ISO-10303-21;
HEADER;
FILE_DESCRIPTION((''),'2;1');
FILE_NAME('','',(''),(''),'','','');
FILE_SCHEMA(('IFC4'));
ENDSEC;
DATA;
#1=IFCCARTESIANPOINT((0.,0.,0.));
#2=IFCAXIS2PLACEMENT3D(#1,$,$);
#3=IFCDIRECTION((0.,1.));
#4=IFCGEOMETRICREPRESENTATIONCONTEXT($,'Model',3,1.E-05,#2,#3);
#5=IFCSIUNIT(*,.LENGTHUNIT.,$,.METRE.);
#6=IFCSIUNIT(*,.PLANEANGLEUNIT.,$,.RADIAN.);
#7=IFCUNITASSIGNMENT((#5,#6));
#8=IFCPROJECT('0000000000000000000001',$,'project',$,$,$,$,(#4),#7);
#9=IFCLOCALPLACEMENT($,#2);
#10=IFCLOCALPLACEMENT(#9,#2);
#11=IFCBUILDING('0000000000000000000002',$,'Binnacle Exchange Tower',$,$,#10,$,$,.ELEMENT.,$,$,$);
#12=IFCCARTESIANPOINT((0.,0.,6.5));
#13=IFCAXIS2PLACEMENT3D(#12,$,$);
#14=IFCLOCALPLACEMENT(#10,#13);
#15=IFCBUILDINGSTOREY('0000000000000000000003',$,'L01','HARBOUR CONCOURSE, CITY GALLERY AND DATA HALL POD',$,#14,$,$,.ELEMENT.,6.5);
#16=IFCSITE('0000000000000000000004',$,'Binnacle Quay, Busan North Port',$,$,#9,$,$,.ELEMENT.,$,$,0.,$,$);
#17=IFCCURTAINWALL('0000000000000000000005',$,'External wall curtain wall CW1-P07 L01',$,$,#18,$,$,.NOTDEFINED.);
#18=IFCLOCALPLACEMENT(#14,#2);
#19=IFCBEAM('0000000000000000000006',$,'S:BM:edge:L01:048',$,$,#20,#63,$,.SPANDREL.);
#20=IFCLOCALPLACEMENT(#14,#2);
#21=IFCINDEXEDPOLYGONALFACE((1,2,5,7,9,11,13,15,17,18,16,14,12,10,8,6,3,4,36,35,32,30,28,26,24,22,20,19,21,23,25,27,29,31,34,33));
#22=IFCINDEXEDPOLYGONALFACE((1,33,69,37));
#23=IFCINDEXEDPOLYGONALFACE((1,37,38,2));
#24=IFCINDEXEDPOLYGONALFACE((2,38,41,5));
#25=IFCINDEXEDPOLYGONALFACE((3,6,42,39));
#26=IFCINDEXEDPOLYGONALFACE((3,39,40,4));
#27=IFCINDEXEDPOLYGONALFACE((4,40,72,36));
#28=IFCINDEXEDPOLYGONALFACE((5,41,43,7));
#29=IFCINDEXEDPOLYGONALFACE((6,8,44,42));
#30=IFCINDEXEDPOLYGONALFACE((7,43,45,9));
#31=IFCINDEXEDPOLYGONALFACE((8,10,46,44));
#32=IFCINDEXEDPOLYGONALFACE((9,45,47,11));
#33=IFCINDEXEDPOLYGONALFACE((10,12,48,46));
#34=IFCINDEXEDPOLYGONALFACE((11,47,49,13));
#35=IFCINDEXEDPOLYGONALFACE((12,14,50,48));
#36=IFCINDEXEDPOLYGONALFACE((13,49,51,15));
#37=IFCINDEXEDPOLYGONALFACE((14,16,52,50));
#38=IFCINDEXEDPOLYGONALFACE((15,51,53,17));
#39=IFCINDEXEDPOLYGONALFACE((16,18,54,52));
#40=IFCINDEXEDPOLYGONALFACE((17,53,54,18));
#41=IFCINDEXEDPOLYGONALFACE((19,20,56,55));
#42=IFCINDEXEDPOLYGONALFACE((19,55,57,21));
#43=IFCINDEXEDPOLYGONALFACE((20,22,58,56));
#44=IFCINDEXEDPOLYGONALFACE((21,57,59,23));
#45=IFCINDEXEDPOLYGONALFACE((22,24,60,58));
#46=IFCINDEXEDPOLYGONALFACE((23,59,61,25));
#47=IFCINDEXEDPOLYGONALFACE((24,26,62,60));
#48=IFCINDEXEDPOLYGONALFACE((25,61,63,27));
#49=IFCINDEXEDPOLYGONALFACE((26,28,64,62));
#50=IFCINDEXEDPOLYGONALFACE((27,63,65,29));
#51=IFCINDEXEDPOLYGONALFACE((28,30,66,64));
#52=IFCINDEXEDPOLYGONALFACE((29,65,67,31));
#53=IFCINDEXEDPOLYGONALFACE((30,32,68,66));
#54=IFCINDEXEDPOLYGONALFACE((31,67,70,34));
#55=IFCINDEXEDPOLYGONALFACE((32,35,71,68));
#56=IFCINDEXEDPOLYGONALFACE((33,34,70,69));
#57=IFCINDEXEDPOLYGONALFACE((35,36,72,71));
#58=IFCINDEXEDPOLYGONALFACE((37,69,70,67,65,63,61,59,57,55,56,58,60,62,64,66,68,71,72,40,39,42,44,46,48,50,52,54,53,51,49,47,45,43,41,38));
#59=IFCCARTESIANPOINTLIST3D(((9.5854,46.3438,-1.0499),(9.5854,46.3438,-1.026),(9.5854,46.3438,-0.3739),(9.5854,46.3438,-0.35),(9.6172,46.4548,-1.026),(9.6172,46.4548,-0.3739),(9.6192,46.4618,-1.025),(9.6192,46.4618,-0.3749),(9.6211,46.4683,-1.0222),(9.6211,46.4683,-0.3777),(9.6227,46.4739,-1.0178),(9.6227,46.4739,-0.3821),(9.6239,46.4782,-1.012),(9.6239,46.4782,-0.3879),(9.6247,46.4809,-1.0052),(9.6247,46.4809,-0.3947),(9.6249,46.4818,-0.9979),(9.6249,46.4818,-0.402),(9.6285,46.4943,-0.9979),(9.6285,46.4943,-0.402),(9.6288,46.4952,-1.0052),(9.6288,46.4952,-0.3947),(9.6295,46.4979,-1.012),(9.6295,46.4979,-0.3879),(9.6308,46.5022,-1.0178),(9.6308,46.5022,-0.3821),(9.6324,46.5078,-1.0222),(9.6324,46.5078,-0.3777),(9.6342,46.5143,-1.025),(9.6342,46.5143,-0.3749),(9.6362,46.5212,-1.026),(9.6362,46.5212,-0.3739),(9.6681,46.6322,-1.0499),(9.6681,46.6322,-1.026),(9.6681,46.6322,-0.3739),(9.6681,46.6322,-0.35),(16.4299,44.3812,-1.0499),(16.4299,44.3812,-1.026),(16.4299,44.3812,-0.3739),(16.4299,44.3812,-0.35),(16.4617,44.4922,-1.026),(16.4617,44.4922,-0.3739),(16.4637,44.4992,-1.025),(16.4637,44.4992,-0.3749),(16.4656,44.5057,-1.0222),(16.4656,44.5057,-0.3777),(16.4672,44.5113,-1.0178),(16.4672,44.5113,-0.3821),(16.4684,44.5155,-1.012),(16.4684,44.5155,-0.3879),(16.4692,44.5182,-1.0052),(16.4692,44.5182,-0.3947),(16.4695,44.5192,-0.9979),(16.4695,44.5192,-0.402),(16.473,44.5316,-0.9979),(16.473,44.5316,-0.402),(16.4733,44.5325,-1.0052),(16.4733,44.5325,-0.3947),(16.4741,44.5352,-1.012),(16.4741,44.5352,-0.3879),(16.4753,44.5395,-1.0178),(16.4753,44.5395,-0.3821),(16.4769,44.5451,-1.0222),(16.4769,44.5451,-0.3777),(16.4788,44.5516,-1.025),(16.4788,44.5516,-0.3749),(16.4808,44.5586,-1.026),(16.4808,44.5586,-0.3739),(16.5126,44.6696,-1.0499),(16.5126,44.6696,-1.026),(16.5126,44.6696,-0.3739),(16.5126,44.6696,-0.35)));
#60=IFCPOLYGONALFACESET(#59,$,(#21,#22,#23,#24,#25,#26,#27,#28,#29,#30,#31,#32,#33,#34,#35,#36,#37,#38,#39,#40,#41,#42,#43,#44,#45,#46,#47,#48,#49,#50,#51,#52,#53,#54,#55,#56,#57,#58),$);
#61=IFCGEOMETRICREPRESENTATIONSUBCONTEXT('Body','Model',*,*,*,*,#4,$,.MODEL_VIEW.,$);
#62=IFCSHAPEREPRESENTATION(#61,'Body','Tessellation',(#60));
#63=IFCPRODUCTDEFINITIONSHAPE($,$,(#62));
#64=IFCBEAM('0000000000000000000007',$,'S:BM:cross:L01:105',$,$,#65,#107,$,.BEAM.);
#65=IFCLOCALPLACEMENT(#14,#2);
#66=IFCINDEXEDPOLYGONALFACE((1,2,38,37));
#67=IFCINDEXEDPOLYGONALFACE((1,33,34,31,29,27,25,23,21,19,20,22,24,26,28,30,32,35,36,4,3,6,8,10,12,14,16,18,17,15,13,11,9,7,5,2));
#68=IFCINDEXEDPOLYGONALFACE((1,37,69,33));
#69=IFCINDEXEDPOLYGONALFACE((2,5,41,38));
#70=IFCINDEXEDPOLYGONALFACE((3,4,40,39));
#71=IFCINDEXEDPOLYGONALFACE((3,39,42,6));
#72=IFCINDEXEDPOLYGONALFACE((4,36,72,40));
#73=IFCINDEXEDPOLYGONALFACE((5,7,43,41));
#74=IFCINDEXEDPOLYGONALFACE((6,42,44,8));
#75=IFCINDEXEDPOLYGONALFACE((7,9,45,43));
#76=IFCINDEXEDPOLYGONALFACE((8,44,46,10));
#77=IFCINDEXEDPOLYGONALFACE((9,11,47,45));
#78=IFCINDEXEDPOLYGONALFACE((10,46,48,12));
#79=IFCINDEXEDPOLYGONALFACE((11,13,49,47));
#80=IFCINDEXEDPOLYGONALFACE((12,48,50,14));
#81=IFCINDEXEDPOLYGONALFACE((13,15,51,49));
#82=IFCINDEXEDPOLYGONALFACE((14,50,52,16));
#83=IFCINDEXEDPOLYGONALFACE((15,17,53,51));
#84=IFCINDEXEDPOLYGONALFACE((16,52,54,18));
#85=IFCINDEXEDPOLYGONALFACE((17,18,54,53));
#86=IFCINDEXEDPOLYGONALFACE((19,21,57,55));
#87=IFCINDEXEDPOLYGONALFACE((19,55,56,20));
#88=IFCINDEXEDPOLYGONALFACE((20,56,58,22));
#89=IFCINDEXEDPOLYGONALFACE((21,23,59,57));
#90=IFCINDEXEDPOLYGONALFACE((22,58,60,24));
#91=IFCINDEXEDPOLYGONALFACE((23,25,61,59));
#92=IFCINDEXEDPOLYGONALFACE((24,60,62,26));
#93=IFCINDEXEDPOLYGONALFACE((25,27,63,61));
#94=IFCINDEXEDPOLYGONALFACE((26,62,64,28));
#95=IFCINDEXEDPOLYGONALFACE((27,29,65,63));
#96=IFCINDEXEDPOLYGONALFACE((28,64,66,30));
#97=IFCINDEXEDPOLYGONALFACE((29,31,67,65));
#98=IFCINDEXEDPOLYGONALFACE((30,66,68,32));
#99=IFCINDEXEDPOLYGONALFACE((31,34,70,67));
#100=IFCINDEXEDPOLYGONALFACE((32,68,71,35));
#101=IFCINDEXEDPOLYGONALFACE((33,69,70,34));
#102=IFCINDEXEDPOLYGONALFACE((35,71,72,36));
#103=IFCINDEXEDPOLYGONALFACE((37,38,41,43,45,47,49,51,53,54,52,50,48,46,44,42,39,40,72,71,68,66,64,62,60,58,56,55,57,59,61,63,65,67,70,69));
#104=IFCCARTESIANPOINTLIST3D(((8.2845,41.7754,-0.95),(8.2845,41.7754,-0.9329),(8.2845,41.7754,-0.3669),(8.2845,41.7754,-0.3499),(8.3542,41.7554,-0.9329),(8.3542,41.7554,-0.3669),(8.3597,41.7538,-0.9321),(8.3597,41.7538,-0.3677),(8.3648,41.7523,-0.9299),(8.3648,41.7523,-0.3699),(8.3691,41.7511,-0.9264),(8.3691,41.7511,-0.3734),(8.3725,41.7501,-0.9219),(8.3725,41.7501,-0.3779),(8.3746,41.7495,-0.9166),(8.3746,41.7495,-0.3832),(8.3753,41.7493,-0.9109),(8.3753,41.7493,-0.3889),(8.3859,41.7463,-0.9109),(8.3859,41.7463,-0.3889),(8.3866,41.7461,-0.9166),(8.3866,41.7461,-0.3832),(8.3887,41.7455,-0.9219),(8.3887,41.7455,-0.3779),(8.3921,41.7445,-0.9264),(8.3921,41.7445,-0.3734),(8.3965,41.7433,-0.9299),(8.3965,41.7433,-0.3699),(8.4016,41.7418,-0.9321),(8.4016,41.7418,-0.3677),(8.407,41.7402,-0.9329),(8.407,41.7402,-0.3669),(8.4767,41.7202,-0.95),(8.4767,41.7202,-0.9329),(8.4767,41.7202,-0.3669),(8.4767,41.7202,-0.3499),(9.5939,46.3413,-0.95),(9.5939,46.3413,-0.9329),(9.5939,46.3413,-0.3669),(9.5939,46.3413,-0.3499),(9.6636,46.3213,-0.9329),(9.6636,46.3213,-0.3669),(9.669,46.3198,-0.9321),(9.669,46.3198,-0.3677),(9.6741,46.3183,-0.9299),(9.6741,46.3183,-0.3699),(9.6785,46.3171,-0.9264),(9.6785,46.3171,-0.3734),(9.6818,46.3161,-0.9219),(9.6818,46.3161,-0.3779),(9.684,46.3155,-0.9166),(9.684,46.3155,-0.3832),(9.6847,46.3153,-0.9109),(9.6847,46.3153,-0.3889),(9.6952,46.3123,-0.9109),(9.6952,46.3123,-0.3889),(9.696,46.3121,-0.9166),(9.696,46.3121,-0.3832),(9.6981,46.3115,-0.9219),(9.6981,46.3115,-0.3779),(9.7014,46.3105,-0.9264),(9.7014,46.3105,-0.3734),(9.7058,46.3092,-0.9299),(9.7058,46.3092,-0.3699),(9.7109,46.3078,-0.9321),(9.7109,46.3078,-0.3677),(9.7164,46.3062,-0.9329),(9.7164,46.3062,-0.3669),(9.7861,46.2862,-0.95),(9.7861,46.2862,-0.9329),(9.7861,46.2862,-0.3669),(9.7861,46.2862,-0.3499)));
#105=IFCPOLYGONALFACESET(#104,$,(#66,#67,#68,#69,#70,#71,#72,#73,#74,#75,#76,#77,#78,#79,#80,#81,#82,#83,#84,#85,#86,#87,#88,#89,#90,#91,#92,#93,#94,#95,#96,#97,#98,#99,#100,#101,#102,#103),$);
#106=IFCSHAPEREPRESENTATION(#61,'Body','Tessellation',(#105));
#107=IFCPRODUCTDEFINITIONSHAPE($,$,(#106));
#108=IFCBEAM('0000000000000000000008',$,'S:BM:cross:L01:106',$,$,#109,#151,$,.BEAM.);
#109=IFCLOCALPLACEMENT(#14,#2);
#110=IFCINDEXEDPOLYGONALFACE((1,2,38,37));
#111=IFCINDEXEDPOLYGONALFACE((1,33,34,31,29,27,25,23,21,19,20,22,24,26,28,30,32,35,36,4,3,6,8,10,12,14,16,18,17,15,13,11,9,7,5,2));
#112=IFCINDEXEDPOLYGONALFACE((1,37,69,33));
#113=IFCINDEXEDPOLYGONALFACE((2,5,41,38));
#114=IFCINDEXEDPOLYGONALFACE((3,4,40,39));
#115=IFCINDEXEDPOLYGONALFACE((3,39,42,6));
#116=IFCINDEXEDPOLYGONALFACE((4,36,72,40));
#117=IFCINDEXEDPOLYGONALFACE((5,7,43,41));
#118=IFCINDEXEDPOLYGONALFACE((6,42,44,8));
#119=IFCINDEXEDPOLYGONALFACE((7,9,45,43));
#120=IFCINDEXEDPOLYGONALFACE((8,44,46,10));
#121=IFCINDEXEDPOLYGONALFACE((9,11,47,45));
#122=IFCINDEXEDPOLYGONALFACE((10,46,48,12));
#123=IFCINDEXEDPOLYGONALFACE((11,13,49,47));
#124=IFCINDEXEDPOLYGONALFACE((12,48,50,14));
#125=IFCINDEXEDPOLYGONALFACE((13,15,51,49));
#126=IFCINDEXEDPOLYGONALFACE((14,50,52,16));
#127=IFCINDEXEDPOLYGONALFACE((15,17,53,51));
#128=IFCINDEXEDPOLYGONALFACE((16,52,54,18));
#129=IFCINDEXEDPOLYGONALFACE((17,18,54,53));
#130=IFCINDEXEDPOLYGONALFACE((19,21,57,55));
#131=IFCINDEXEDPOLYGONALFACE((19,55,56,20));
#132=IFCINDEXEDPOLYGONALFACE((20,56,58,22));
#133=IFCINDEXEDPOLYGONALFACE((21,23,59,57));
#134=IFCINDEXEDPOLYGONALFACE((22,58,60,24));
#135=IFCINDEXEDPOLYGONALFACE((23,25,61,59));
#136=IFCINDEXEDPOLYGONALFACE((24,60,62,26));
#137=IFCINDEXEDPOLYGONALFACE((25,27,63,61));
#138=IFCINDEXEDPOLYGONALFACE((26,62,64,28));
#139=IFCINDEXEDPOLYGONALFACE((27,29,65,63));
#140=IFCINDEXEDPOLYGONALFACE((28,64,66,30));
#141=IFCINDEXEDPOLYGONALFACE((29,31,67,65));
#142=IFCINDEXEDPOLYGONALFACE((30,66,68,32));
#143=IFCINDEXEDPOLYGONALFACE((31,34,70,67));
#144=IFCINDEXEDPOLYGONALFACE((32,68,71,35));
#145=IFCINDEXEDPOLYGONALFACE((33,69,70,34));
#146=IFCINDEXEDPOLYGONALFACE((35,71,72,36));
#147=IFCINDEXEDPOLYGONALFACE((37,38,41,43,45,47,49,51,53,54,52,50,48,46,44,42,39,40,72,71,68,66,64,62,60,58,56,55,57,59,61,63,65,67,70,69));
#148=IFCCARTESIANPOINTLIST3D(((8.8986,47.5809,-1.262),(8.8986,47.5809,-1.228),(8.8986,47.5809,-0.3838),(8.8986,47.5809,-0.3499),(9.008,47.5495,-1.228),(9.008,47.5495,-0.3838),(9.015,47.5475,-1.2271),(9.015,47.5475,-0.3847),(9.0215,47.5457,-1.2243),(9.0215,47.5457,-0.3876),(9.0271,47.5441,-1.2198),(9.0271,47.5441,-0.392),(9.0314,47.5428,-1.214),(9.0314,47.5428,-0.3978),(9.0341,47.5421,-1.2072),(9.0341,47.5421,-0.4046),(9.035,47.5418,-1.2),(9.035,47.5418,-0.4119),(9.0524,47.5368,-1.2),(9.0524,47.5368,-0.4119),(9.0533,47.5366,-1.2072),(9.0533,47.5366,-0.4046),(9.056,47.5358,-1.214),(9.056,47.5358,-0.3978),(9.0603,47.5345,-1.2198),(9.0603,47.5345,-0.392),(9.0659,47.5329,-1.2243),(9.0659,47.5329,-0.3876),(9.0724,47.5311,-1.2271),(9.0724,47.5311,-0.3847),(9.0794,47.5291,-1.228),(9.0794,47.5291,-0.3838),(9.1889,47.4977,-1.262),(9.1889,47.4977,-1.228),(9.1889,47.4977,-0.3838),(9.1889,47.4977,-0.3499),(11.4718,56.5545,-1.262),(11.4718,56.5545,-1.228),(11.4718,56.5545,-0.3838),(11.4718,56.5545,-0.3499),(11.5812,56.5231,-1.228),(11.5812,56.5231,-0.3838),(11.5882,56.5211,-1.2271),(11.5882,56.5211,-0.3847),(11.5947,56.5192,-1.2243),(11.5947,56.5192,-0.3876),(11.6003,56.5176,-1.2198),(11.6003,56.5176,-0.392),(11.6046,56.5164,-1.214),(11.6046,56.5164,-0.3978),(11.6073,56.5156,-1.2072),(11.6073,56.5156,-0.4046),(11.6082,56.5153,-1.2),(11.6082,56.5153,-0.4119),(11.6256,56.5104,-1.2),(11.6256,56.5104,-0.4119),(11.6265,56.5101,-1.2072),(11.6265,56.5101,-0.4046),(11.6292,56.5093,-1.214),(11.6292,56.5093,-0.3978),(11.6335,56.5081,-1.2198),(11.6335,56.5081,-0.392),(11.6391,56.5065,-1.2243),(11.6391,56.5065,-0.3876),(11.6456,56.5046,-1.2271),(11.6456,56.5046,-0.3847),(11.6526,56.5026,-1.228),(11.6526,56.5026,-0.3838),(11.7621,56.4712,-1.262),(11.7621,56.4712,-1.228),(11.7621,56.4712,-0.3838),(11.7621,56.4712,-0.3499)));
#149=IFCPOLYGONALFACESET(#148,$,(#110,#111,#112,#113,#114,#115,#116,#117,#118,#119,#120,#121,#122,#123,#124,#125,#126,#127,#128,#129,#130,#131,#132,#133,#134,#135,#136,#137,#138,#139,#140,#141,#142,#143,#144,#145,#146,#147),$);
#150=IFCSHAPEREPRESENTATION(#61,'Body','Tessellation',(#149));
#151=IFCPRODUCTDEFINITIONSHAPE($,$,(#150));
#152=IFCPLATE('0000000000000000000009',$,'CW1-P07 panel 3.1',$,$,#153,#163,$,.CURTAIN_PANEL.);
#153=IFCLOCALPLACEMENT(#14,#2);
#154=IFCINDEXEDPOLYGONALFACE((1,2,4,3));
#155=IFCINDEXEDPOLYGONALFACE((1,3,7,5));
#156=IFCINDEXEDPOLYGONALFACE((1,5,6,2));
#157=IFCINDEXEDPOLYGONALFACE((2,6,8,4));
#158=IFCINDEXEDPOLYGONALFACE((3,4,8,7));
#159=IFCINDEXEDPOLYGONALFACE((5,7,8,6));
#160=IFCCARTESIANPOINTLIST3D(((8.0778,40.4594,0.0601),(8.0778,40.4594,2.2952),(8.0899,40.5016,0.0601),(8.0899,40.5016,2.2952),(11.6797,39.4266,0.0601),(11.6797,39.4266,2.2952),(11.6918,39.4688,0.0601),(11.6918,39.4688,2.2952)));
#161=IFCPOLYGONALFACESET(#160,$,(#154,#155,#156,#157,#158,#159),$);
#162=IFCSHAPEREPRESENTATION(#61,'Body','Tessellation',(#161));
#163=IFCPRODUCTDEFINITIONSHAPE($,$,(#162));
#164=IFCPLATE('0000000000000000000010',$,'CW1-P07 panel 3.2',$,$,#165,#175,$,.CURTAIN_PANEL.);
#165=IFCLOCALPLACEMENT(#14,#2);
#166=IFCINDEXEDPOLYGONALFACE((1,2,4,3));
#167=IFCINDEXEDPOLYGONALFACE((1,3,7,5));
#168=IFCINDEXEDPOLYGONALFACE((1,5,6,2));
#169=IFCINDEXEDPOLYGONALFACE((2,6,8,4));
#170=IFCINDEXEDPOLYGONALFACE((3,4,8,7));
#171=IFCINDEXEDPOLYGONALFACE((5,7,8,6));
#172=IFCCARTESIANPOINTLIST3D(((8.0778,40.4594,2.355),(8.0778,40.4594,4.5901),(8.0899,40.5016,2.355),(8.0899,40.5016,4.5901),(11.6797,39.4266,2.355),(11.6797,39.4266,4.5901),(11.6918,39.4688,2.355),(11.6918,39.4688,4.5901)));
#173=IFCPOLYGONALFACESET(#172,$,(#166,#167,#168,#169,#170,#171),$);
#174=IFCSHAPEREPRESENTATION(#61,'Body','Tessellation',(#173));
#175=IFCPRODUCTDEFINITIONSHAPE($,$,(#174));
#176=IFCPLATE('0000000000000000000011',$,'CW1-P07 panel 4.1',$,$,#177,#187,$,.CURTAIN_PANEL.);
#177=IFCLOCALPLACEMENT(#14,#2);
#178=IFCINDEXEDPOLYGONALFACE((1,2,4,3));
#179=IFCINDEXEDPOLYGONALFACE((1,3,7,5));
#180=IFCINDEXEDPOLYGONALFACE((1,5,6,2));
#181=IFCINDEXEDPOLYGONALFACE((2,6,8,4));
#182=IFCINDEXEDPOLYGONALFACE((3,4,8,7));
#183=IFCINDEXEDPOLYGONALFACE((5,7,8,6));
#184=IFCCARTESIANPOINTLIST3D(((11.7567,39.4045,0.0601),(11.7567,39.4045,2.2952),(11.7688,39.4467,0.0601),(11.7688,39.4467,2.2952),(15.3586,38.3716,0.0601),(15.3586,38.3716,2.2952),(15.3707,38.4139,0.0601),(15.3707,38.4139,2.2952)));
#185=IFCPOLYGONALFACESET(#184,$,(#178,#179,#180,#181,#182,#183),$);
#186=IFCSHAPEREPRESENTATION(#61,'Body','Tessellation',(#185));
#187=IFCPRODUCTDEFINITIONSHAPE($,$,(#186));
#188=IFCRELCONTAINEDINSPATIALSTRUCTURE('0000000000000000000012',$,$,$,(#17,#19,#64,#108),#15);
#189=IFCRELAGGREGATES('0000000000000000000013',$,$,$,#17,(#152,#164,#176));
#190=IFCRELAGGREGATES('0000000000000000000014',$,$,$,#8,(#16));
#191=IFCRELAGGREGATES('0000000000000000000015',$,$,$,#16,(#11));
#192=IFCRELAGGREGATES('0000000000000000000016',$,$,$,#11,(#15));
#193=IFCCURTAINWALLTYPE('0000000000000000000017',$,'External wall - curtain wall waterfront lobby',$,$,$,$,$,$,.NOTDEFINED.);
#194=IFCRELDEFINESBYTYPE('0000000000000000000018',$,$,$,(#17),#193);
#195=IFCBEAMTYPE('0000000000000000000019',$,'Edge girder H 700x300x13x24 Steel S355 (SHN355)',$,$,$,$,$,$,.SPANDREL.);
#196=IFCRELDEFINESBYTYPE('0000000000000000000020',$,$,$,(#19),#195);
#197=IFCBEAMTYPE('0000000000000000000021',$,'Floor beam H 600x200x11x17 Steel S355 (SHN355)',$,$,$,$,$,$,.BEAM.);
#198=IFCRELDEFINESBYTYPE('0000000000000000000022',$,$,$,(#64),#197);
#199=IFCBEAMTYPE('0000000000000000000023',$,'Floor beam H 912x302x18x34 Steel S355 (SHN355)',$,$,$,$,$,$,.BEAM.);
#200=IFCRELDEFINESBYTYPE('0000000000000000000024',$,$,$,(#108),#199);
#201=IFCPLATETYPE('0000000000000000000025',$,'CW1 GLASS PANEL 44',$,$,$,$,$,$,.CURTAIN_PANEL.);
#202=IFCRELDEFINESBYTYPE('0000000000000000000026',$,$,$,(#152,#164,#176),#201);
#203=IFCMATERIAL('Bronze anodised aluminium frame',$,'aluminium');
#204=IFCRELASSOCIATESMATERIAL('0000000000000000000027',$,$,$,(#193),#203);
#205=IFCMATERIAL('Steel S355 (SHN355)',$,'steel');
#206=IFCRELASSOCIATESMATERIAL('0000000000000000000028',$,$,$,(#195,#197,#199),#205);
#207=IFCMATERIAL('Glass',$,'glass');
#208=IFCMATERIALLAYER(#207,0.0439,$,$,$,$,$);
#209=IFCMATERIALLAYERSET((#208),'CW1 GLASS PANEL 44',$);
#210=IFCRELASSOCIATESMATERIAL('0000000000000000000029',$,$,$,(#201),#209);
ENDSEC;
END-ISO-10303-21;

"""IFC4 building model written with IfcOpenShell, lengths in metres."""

from ifc_helpers import new_model, si_unit, direction, frame, origin, origin_2d, place, context, subcontext, project, spatial, rectangle, i_section, extrude, material, layer, layer_set, material_profile, profile_set, type_object, element, aggregate, save


model = new_model("IFC4")

# Units and contexts
model_context = context("Model", 3, precision=1e-05, world=origin(), true_north=direction((0.0, 1.0)))
body_context = subcontext(model_context, "Body", "Model", "MODEL_VIEW")
ifc_project = project(units=[si_unit("LENGTHUNIT", "METRE"), si_unit("PLANEANGLEUNIT", "RADIAN")], contexts=[model_context])

# Site, building, storey
site_placement = place(None, origin())
site = spatial("IfcSite", under=ifc_project, at=site_placement, Name="Binnacle Quay, Busan North Port", CompositionType="ELEMENT", RefElevation=0.0)
building_placement = place(site_placement, origin())
building = spatial("IfcBuilding", under=site, at=building_placement, Name="Binnacle Exchange Tower", CompositionType="ELEMENT")
storey_placement = place(building_placement, frame((0.0, 0.0, 6.5)))
storey = spatial("IfcBuildingStorey", under=building, at=storey_placement, Name="L01", Description="HARBOUR CONCOURSE, CITY GALLERY AND DATA HALL POD", CompositionType="ELEMENT", Elevation=6.5)

# Curtain wall
ifc_material_1 = material(Name="Bronze anodised aluminium frame", Category="aluminium")
curtain_wall_type = type_object("IfcCurtainWallType", Name="External wall - curtain wall waterfront lobby", PredefinedType="NOTDEFINED", material=ifc_material_1)
curtain_wall_placement = place(storey_placement, origin())
curtain_wall = element("IfcCurtainWall", 1, at=curtain_wall_placement, inside=storey, type_object=curtain_wall_type, Name="External wall curtain wall CW1-P07 L01", PredefinedType="NOTDEFINED")

# Beams
ifc_material_2 = material(Name="Steel S355 (SHN355)", Category="steel")
ifc_material_profile_1 = material_profile(ifc_material_2, i_section(OverallWidth=0.3, OverallDepth=0.7, WebThickness=0.0129, FlangeThickness=0.0239, FilletRadius=0.0281, at=origin_2d()), Name="H 700x300x13x24")
ifc_profile_set_1 = profile_set([ifc_material_profile_1], Name="Steel S355 (SHN355)")
beam_type_1 = type_object("IfcBeamType", Name="Edge girder H 700x300x13x24 Steel S355 (SHN355)", PredefinedType="SPANDREL", material=ifc_profile_set_1)
beam_1_placement = place(storey_placement, frame((9.6267, 46.488, -0.7), z_axis=(0.961261, -0.27564, 0.0), x_axis=(0.27564, 0.961261, 0.0)))
element("IfcBeam", 2, at=beam_1_placement, inside=storey, type_object=beam_type_1, Name="S:BM:edge:L01:048", PredefinedType="SPANDREL", context=body_context, shape_type="SweptSolid", body=[
    extrude(i_section(OverallWidth=0.3, OverallDepth=0.7, WebThickness=0.0129, FlangeThickness=0.0239, FilletRadius=0.0281, at=origin_2d()), origin(), (0.0, 0.0, 1.0), 7.1204),
])
ifc_material_profile_2 = material_profile(ifc_material_2, i_section(OverallWidth=0.2, OverallDepth=0.6001, WebThickness=0.011, FlangeThickness=0.0171, FilletRadius=0.022, at=origin_2d()), Name="H 600x200x11x17")
ifc_profile_set_2 = profile_set([ifc_material_profile_2], Name="Steel S355 (SHN355)")
beam_type_2 = type_object("IfcBeamType", Name="Floor beam H 600x200x11x17 Steel S355 (SHN355)", PredefinedType="BEAM", material=ifc_profile_set_2)
beam_2_placement = place(storey_placement, frame((8.3806, 41.7478, -0.6499), z_axis=(0.275651, 0.961258, 0.0), x_axis=(-0.961258, 0.275651, 0.0)))
element("IfcBeam", 3, at=beam_2_placement, inside=storey, type_object=beam_type_2, Name="S:BM:cross:L01:105", PredefinedType="BEAM", context=body_context, shape_type="SweptSolid", body=[
    extrude(i_section(OverallWidth=0.2, OverallDepth=0.6001, WebThickness=0.011, FlangeThickness=0.0171, FilletRadius=0.022, at=origin_2d()), origin(), (0.0, 0.0, 1.0), 4.75),
])
ifc_material_profile_3 = material_profile(ifc_material_2, i_section(OverallWidth=0.302, OverallDepth=0.9121, WebThickness=0.0181, FlangeThickness=0.0339, FilletRadius=0.0281, at=origin_2d()), Name="H 912x302x18x34")
ifc_profile_set_3 = profile_set([ifc_material_profile_3], Name="Steel S355 (SHN355)")
beam_type_3 = type_object("IfcBeamType", Name="Floor beam H 912x302x18x34 Steel S355 (SHN355)", PredefinedType="BEAM", material=ifc_profile_set_3)
beam_3_placement = place(storey_placement, frame((9.0437, 47.5393, -0.8059), z_axis=(0.275647, 0.961259, 0.0), x_axis=(-0.961259, 0.275647, 0.0)))
element("IfcBeam", 4, at=beam_3_placement, inside=storey, type_object=beam_type_3, Name="S:BM:cross:L01:106", PredefinedType="BEAM", context=body_context, shape_type="SweptSolid", body=[
    extrude(i_section(OverallWidth=0.302, OverallDepth=0.9121, WebThickness=0.0181, FlangeThickness=0.0339, FilletRadius=0.0281, at=origin_2d()), origin(), (0.0, 0.0, 1.0), 9.3352),
])

# Plates
ifc_material_3 = material(Name="Glass", Category="glass")
ifc_layer_1 = layer(ifc_material_3, 0.0439)
ifc_layer_set_1 = layer_set([ifc_layer_1], Name="CW1 GLASS PANEL 44")
plate_type = type_object("IfcPlateType", Name="CW1 GLASS PANEL 44", PredefinedType="CURTAIN_PANEL", material=ifc_layer_set_1)
plate_1_placement = place(storey_placement, frame((9.8848, 39.9641, 0.0601), z_axis=(0.0, 0.0, 1.0), x_axis=(0.961262, -0.275637, 0.0)))
plate_1 = element("IfcPlate", 5, at=plate_1_placement, type_object=plate_type, Name="CW1-P07 panel 3.1", PredefinedType="CURTAIN_PANEL", context=body_context, shape_type="SweptSolid", body=[
    extrude(rectangle(XDim=3.7471, YDim=0.0439, at=origin_2d()), origin(), (0.0, 0.0, 1.0), 2.2351),
])
plate_2_placement = place(storey_placement, frame((9.8848, 39.9641, 2.355), z_axis=(0.0, 0.0, 1.0), x_axis=(0.961262, -0.275637, 0.0)))
plate_2 = element("IfcPlate", 6, at=plate_2_placement, type_object=plate_type, Name="CW1-P07 panel 3.2", PredefinedType="CURTAIN_PANEL", context=body_context, shape_type="SweptSolid", body=[
    extrude(rectangle(XDim=3.7471, YDim=0.0439, at=origin_2d()), origin(), (0.0, 0.0, 1.0), 2.2351),
])
plate_3_placement = place(storey_placement, frame((13.5637, 38.9092, 0.0601), z_axis=(0.0, 0.0, 1.0), x_axis=(0.961262, -0.275637, 0.0)))
plate_3 = element("IfcPlate", 7, at=plate_3_placement, type_object=plate_type, Name="CW1-P07 panel 4.1", PredefinedType="CURTAIN_PANEL", context=body_context, shape_type="SweptSolid", body=[
    extrude(rectangle(XDim=3.7471, YDim=0.0439, at=origin_2d()), origin(), (0.0, 0.0, 1.0), 2.2351),
])
aggregate(curtain_wall, [plate_1, plate_2, plate_3])

save(model, "model.ifc")
